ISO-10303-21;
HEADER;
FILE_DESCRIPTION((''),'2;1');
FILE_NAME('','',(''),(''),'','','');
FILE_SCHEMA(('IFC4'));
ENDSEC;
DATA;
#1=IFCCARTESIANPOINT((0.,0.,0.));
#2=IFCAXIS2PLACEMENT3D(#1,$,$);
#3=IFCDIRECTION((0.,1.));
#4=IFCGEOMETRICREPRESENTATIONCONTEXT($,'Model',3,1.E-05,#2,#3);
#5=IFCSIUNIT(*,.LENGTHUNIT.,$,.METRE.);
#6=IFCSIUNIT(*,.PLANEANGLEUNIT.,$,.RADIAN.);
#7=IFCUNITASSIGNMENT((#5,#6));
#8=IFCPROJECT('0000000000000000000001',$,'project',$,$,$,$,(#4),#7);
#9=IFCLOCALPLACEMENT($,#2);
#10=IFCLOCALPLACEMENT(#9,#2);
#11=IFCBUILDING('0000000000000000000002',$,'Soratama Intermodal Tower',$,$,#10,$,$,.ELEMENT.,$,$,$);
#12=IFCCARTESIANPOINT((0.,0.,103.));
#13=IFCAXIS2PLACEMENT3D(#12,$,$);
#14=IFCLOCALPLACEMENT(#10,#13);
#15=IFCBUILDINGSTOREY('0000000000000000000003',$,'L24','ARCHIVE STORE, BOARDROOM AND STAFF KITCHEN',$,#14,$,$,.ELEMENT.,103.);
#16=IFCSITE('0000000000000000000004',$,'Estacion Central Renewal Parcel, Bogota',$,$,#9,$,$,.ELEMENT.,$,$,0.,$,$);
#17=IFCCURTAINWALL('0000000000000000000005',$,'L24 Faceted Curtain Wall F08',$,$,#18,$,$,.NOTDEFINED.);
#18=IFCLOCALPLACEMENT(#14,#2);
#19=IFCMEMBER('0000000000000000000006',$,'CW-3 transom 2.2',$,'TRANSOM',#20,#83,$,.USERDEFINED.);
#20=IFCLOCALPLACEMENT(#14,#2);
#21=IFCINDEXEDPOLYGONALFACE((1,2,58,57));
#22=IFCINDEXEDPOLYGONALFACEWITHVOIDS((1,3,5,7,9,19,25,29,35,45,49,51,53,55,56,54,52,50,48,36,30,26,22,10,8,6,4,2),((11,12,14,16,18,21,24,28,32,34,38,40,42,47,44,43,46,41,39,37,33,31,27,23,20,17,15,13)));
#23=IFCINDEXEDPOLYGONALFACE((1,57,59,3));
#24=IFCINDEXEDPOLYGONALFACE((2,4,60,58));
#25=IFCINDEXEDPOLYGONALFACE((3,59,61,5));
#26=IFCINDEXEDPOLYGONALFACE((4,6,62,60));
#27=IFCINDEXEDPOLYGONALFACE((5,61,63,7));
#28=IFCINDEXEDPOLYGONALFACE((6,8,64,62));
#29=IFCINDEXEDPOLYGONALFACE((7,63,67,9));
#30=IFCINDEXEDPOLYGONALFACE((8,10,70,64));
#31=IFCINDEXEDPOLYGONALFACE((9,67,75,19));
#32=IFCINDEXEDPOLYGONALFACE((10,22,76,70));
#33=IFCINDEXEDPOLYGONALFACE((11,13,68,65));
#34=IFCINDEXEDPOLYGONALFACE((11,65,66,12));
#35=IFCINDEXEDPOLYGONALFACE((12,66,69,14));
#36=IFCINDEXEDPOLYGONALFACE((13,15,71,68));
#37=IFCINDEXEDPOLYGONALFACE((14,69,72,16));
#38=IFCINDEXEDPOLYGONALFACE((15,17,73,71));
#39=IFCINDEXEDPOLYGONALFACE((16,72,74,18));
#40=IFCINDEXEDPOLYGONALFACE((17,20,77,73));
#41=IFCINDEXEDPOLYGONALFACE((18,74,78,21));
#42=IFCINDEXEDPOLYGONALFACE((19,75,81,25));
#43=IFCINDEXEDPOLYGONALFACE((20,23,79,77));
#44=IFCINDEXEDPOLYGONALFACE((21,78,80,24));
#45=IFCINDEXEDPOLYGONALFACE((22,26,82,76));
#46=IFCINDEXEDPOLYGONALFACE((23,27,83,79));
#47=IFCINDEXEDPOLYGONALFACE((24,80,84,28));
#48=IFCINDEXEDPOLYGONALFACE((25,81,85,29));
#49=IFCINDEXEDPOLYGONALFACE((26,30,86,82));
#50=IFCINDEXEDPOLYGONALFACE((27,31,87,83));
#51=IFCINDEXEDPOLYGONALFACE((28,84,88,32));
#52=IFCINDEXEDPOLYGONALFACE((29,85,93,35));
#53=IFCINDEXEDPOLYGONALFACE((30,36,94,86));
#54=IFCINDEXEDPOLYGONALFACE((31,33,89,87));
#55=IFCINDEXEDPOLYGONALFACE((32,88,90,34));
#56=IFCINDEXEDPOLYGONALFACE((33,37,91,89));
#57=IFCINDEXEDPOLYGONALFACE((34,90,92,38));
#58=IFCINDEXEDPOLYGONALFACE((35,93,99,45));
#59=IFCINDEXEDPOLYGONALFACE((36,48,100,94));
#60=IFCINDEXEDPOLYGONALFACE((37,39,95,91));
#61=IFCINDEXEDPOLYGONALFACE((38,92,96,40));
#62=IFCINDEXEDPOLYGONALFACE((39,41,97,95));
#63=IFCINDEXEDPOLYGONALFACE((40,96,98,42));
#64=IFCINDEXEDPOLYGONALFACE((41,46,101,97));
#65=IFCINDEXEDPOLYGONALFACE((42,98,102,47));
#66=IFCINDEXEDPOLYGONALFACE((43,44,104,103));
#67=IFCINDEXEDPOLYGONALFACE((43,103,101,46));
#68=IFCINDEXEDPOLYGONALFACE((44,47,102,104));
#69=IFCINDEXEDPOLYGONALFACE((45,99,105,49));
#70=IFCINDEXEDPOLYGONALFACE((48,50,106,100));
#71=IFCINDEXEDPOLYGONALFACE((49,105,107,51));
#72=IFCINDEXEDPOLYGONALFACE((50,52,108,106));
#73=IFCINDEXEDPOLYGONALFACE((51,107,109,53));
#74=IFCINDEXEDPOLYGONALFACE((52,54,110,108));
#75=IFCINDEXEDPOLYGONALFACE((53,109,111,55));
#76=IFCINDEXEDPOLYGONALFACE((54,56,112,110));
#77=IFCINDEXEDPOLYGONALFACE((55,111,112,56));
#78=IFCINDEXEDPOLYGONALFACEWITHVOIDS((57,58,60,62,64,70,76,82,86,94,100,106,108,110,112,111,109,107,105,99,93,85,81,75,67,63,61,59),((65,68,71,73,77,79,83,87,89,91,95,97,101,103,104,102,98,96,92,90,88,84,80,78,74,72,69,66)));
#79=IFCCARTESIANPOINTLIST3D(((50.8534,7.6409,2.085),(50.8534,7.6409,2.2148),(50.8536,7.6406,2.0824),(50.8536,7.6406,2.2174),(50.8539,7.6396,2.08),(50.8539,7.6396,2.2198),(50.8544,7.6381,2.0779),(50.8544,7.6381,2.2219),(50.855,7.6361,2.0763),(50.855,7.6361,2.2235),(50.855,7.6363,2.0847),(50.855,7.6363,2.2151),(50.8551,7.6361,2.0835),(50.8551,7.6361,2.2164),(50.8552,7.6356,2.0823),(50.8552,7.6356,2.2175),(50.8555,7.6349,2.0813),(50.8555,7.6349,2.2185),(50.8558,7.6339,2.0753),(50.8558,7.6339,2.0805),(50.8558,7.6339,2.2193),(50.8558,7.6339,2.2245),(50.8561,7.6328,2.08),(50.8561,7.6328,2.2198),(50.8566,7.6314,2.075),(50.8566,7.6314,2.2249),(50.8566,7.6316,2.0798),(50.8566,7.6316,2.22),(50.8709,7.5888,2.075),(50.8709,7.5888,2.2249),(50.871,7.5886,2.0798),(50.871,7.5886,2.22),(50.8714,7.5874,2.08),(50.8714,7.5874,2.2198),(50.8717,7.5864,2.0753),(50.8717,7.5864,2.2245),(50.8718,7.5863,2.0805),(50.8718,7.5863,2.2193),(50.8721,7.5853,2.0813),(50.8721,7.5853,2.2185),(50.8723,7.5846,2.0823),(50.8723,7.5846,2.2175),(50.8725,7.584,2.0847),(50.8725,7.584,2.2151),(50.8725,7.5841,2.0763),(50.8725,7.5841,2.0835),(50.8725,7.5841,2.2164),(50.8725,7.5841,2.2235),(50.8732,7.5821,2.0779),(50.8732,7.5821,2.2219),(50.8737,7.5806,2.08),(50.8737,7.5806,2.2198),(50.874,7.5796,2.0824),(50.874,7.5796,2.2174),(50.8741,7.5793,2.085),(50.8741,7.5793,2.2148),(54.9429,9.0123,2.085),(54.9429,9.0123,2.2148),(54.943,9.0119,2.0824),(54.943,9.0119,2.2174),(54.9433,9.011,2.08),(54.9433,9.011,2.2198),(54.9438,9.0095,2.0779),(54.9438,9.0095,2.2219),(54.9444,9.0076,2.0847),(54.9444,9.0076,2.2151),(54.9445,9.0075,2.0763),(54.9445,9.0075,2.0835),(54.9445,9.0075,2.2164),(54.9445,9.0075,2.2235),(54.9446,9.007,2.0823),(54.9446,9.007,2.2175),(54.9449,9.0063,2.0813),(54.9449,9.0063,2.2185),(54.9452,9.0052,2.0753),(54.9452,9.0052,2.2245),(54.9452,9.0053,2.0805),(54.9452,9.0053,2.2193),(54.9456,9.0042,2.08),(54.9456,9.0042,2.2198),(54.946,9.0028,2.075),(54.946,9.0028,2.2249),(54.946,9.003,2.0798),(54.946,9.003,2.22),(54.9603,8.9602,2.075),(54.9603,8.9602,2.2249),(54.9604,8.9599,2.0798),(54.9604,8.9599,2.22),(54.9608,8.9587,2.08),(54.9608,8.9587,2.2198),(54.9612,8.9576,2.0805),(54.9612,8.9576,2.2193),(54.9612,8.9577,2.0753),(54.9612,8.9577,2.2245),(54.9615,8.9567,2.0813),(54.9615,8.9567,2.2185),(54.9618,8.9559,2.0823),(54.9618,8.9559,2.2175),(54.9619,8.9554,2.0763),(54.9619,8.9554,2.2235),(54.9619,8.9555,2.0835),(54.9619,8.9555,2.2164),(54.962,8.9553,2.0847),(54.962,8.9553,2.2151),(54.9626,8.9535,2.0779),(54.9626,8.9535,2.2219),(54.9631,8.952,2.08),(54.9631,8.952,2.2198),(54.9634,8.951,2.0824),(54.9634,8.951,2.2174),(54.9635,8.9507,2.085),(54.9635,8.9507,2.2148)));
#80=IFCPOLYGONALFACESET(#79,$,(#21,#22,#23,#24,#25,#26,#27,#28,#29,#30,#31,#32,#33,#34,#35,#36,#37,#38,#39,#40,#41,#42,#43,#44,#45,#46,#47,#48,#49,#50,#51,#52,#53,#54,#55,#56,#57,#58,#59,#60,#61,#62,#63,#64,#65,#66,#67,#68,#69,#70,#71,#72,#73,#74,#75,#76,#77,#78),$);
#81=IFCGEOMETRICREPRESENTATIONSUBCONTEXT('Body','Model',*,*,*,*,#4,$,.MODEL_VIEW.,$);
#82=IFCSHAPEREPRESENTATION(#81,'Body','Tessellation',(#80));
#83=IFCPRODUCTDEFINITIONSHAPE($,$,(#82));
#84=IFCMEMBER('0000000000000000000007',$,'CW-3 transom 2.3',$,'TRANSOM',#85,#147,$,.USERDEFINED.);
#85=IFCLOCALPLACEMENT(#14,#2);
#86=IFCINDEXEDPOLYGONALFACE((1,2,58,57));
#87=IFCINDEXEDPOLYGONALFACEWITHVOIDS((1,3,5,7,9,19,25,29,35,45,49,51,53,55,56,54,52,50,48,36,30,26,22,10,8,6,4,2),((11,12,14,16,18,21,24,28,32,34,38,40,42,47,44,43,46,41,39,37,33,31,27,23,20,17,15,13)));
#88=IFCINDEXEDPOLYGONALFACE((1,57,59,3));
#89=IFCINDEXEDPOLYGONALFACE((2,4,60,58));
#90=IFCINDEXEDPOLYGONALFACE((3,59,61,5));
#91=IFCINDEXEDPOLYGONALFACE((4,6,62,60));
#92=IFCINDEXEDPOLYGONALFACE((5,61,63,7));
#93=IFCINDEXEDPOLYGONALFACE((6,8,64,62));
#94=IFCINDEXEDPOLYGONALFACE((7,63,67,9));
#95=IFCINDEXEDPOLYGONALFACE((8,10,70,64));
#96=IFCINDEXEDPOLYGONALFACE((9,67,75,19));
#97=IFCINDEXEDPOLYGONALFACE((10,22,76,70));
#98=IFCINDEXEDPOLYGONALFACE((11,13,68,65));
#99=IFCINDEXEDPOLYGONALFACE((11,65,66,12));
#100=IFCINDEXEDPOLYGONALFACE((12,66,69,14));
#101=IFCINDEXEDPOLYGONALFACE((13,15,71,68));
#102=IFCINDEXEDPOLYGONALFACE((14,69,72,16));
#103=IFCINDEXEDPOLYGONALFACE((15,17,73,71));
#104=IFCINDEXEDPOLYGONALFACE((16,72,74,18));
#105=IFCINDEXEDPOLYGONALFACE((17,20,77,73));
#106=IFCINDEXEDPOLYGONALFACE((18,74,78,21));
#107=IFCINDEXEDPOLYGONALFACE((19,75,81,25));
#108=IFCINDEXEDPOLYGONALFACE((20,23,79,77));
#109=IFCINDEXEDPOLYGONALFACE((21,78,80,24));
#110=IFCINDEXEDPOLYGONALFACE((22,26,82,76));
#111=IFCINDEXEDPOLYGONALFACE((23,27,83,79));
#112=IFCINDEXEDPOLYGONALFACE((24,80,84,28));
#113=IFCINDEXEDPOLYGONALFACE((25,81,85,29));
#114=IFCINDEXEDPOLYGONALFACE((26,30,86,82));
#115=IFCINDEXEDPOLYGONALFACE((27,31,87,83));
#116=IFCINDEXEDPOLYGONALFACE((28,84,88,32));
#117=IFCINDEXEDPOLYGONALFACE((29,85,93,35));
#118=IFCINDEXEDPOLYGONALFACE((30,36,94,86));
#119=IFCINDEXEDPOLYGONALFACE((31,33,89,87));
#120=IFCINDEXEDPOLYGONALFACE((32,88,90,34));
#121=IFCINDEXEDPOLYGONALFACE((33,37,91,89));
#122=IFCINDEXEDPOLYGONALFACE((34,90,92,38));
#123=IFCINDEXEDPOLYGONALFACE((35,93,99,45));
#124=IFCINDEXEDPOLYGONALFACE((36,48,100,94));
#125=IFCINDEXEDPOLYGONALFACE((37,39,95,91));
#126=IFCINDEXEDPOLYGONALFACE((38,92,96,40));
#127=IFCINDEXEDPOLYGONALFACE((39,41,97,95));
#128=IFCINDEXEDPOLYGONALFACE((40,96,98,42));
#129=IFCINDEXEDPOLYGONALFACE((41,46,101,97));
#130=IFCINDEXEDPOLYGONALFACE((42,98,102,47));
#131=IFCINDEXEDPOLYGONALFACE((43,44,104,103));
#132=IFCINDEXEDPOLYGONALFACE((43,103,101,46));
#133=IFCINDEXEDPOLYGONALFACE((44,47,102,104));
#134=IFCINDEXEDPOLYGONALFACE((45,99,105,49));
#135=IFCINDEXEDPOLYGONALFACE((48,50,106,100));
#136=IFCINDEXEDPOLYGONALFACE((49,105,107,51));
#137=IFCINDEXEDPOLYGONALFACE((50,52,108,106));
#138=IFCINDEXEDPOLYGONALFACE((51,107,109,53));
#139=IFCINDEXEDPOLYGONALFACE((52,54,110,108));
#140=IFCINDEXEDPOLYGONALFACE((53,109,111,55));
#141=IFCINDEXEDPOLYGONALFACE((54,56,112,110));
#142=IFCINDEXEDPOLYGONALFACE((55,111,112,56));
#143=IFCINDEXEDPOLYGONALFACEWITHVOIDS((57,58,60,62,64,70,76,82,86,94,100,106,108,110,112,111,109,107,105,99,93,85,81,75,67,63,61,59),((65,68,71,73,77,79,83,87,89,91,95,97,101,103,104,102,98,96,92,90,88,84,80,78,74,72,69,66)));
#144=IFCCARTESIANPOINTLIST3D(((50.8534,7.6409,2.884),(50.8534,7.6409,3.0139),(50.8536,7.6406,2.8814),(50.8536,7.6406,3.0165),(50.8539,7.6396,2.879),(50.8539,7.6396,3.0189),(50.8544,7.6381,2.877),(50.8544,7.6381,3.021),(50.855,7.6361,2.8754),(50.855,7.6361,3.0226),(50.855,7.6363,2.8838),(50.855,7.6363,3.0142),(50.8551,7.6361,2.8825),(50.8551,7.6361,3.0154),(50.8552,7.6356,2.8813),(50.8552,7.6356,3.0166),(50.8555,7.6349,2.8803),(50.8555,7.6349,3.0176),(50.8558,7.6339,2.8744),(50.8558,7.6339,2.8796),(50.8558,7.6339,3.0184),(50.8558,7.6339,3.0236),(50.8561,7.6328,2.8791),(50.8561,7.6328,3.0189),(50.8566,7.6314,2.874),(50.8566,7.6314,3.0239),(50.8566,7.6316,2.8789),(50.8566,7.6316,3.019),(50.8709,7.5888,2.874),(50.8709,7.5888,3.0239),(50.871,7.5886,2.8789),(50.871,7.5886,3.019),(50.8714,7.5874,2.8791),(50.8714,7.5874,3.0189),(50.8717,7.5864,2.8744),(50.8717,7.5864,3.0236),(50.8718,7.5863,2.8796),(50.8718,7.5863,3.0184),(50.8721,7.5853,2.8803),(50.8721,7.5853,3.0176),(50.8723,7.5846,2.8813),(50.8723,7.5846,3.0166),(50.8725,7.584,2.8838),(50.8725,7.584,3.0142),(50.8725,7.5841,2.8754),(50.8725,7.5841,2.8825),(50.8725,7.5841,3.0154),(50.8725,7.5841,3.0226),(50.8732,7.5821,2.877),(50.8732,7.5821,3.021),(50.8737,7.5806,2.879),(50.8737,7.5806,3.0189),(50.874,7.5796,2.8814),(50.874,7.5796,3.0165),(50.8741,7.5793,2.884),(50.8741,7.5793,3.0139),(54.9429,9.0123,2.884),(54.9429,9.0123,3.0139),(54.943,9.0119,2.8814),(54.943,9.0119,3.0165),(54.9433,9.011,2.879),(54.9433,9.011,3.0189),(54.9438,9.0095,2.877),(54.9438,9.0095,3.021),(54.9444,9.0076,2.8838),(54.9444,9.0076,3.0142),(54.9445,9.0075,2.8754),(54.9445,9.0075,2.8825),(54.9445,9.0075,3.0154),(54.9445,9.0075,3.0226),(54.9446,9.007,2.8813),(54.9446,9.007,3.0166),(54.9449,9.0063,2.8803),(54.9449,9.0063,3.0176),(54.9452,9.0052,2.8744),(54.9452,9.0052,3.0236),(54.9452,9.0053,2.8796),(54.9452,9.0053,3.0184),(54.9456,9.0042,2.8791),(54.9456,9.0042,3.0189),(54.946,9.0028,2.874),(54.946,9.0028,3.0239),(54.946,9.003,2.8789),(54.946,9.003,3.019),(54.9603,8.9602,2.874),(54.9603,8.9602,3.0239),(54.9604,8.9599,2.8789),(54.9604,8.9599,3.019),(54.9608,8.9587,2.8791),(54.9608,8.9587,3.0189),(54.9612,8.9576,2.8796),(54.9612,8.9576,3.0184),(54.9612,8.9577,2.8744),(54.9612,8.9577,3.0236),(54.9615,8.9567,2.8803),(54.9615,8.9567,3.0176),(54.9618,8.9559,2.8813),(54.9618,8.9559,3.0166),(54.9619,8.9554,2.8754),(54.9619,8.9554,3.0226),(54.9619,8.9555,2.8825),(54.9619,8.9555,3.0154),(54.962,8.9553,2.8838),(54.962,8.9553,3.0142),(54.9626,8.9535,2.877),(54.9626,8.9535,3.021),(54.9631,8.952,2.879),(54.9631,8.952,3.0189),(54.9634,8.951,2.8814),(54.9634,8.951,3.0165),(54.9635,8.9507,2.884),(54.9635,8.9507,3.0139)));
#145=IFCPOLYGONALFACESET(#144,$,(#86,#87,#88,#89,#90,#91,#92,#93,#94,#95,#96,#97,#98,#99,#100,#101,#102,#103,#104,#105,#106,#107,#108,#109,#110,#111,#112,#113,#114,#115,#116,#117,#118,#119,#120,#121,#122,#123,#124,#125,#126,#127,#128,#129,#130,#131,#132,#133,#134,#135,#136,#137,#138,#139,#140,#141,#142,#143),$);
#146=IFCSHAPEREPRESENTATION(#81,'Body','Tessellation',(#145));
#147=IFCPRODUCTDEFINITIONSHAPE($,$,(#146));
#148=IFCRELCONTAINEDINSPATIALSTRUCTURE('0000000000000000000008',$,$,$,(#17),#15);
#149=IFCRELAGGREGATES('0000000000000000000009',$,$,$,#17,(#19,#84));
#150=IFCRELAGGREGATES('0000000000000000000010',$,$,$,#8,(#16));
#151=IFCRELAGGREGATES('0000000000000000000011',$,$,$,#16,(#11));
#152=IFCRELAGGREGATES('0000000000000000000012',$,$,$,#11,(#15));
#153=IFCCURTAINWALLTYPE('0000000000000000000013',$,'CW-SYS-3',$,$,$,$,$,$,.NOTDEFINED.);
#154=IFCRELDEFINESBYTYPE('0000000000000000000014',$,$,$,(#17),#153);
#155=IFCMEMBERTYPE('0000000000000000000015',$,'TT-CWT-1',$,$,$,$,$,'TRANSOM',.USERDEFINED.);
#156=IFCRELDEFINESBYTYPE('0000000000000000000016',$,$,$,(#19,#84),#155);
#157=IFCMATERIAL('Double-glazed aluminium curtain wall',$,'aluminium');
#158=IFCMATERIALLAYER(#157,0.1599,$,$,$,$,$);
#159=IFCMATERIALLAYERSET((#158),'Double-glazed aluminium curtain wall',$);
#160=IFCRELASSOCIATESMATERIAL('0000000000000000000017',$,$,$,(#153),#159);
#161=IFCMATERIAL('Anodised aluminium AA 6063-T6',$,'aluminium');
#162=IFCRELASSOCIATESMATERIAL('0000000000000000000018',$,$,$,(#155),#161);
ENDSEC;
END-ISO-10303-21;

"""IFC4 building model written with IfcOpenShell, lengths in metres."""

from ifc_helpers import new_model, si_unit, direction, frame, origin, origin_2d, place, context, subcontext, project, spatial, hollow_rectangle, extrude, material, layer, layer_set, material_profile, profile_set, type_object, element, aggregate, save


model = new_model("IFC4")

# Units and contexts
model_context = context("Model", 3, precision=1e-05, world=origin(), true_north=direction((0.0, 1.0)))
body_context = subcontext(model_context, "Body", "Model", "MODEL_VIEW")
ifc_project = project(units=[si_unit("LENGTHUNIT", "METRE"), si_unit("PLANEANGLEUNIT", "RADIAN")], contexts=[model_context])

# Site, building, storey
site_placement = place(None, origin())
site = spatial("IfcSite", under=ifc_project, at=site_placement, Name="Estacion Central Renewal Parcel, Bogota", CompositionType="ELEMENT", RefElevation=0.0)
building_placement = place(site_placement, origin())
building = spatial("IfcBuilding", under=site, at=building_placement, Name="Soratama Intermodal Tower", CompositionType="ELEMENT")
storey_placement = place(building_placement, frame((0.0, 0.0, 103.0)))
storey = spatial("IfcBuildingStorey", under=building, at=storey_placement, Name="L24", Description="ARCHIVE STORE, BOARDROOM AND STAFF KITCHEN", CompositionType="ELEMENT", Elevation=103.0)

# Curtain wall
ifc_material_1 = material(Name="Double-glazed aluminium curtain wall", Category="aluminium")
ifc_layer_1 = layer(ifc_material_1, 0.1599)
ifc_layer_set_1 = layer_set([ifc_layer_1], Name="Double-glazed aluminium curtain wall")
curtain_wall_type = type_object("IfcCurtainWallType", Name="CW-SYS-3", PredefinedType="NOTDEFINED", material=ifc_layer_set_1)
curtain_wall_1_placement = place(storey_placement, origin())
curtain_wall_1 = element("IfcCurtainWall", 1, at=curtain_wall_1_placement, inside=storey, type_object=curtain_wall_type, Name="L24 Faceted Curtain Wall F08", PredefinedType="NOTDEFINED")

# Members
ifc_material_2 = material(Name="Anodised aluminium AA 6063-T6", Category="aluminium")
ifc_material_profile_1 = material_profile(ifc_material_2, hollow_rectangle(XDim=0.0649, YDim=0.1499, WallThickness=0.0049, InnerFilletRadius=0.0049, OuterFilletRadius=0.01, at=origin_2d()), Name="CWT150X65X5")
ifc_profile_set_1 = profile_set([ifc_material_profile_1], Name="Anodised aluminium AA 6063-T6")
member_type_1 = type_object("IfcMemberType", Name="TT-CWT-1", ElementType="TRANSOM", PredefinedType="USERDEFINED", material=ifc_profile_set_1)
member_1_placement = place(storey_placement, frame((50.8638, 7.6101, 2.1499), z_axis=(0.94811, 0.317942, 0.0), x_axis=(-0.317942, 0.94811, 0.0)))
member_1 = element("IfcMember", 2, at=member_1_placement, type_object=member_type_1, Name="CW-3 transom 2.2", ObjectType="TRANSOM", PredefinedType="USERDEFINED", context=body_context, shape_type="SweptSolid", body=[
    extrude(hollow_rectangle(XDim=0.0649, YDim=0.1499, WallThickness=0.0049, InnerFilletRadius=0.0049, OuterFilletRadius=0.01, at=origin_2d()), origin(), (0.0, 0.0, 1.0), 4.3132),
])
member_2_placement = place(storey_placement, frame((50.8638, 7.6101, 2.949), z_axis=(0.94811, 0.317942, 0.0), x_axis=(-0.317942, 0.94811, 0.0)))
member_2 = element("IfcMember", 3, at=member_2_placement, type_object=member_type_1, Name="CW-3 transom 2.3", ObjectType="TRANSOM", PredefinedType="USERDEFINED", context=body_context, shape_type="SweptSolid", body=[
    extrude(hollow_rectangle(XDim=0.0649, YDim=0.1499, WallThickness=0.0049, InnerFilletRadius=0.0049, OuterFilletRadius=0.01, at=origin_2d()), origin(), (0.0, 0.0, 1.0), 4.3132),
])

aggregate(curtain_wall_1, [member_1, member_2])

save(model, "model.ifc")
